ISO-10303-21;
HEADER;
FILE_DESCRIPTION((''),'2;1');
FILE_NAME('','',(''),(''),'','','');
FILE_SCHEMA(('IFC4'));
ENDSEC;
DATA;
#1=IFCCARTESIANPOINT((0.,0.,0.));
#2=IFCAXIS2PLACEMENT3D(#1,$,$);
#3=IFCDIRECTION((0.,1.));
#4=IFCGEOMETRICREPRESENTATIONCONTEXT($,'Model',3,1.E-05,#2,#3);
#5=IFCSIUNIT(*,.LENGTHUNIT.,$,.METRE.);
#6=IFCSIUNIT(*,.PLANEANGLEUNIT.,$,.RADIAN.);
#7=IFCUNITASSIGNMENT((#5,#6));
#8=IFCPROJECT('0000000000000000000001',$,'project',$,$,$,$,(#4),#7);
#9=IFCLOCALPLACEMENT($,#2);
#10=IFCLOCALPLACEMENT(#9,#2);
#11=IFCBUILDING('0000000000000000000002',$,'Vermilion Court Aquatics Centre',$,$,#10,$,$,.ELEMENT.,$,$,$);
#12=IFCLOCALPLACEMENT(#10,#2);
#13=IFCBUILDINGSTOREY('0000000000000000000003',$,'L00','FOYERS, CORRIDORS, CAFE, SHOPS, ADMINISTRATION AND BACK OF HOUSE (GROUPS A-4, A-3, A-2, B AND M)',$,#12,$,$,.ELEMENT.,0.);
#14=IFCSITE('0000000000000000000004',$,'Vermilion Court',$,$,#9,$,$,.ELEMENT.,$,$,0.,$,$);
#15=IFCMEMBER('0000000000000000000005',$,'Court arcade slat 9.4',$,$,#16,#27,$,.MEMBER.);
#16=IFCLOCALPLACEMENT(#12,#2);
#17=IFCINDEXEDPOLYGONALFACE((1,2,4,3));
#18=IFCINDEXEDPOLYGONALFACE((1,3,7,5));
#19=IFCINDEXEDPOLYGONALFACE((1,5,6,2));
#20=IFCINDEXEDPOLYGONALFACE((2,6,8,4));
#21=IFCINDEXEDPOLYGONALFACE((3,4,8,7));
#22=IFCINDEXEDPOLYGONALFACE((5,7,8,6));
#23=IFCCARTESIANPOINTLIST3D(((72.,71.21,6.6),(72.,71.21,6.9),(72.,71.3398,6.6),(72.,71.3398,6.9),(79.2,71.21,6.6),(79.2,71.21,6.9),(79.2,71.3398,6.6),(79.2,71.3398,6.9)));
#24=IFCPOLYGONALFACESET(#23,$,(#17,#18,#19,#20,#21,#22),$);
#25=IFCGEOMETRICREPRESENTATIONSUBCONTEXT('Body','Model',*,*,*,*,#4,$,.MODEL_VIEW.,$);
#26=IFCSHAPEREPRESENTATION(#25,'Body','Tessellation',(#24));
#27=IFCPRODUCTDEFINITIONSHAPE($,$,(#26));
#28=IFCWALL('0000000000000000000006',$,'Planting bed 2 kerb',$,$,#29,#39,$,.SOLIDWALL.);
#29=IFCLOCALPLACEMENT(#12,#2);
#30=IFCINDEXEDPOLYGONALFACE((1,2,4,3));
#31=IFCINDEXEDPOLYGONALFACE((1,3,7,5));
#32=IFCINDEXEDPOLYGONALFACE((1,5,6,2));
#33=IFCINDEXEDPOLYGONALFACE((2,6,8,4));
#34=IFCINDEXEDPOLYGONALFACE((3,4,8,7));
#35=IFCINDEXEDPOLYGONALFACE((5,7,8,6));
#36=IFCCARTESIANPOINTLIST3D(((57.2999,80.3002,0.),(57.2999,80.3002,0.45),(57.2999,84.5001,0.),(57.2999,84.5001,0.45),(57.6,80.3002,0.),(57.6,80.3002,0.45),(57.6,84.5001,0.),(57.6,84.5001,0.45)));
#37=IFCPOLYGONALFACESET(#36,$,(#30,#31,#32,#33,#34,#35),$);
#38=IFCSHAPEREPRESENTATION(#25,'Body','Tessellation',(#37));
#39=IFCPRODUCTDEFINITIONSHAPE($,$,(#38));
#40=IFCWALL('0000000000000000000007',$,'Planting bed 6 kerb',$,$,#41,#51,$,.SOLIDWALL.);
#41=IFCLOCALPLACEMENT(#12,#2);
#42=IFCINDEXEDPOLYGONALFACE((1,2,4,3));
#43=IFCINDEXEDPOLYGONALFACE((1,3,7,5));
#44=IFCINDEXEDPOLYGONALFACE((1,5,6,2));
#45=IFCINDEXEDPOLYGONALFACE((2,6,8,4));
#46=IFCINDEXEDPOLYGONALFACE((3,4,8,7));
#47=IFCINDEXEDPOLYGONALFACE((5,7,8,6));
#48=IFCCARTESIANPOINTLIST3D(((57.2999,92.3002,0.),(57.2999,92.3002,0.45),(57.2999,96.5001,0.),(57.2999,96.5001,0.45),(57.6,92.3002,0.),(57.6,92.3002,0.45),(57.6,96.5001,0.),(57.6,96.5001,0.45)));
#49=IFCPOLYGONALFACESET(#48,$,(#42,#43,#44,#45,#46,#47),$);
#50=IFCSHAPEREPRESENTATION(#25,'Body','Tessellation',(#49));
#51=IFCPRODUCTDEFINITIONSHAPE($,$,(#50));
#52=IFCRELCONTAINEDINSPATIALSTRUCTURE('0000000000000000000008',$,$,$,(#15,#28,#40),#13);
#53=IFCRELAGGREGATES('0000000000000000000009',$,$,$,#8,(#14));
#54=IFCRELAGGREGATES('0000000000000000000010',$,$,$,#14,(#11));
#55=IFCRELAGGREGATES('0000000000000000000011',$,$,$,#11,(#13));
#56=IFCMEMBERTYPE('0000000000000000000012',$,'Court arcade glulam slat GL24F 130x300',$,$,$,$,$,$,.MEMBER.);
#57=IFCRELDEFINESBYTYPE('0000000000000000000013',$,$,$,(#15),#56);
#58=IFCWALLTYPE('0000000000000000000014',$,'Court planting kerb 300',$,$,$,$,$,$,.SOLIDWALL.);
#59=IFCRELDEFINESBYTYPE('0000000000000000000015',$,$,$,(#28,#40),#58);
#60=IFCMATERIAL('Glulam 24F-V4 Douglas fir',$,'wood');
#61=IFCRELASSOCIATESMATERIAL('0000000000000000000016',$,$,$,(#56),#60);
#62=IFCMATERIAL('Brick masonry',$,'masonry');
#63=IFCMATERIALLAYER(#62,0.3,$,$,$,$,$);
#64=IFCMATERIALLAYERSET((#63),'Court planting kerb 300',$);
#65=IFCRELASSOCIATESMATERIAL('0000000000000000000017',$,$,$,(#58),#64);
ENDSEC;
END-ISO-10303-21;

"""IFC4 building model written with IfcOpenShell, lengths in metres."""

from ifc_helpers import new_model, si_unit, direction, frame, frame_2d, origin, origin_2d, place, context, subcontext, project, spatial, rectangle, extrude, material, layer, layer_set, material_profile, profile_set, type_object, element, save


model = new_model("IFC4")

# Units and contexts
model_context = context("Model", 3, precision=1e-05, world=origin(), true_north=direction((0.0, 1.0)))
body_context = subcontext(model_context, "Body", "Model", "MODEL_VIEW")
ifc_project = project(units=[si_unit("LENGTHUNIT", "METRE"), si_unit("PLANEANGLEUNIT", "RADIAN")], contexts=[model_context])

# Site, building, storey
site_placement = place(None, origin())
site = spatial("IfcSite", under=ifc_project, at=site_placement, Name="Vermilion Court", CompositionType="ELEMENT", RefElevation=0.0)
building_placement = place(site_placement, origin())
building = spatial("IfcBuilding", under=site, at=building_placement, Name="Vermilion Court Aquatics Centre", CompositionType="ELEMENT")
storey_placement = place(building_placement, origin())
storey = spatial("IfcBuildingStorey", under=building, at=storey_placement, Name="L00", Description="FOYERS, CORRIDORS, CAFE, SHOPS, ADMINISTRATION AND BACK OF HOUSE (GROUPS A-4, A-3, A-2, B AND M)", CompositionType="ELEMENT", Elevation=0.0)

# Member
ifc_material_1 = material(Name="Glulam 24F-V4 Douglas fir", Category="wood")
ifc_material_profile_1 = material_profile(ifc_material_1, rectangle(XDim=0.1299, YDim=0.3, at=origin_2d()), Name="GL24F 130x300")
ifc_profile_set_1 = profile_set([ifc_material_profile_1], Name="Glulam 24F-V4 Douglas fir")
member_type = type_object("IfcMemberType", Name="Court arcade glulam slat GL24F 130x300", PredefinedType="MEMBER", material=ifc_profile_set_1)
for number, where, z_axis, x_axis, name in (
    (1, (72.0, 71.2749, 6.75), (1.0, 0.0, 0.0), (0.0, 1.0, 0.0), "Court arcade slat 9.4"),
):
    element("IfcMember", number, at=place(storey_placement, frame(where, z_axis=z_axis, x_axis=x_axis)), inside=storey, type_object=member_type, Name=name, PredefinedType="MEMBER", context=body_context, shape_type="SweptSolid", body=[
        extrude(rectangle(XDim=0.1299, YDim=0.3, at=origin_2d()), origin(), (0.0, 0.0, 1.0), 7.2),
    ])

# Walls
ifc_material_2 = material(Name="Brick masonry", Category="masonry")
ifc_layer = layer(ifc_material_2, 0.3)
ifc_layer_set = layer_set([ifc_layer], Name="Court planting kerb 300")
wall_type = type_object("IfcWallType", Name="Court planting kerb 300", PredefinedType="SOLIDWALL", material=ifc_layer_set)
for number, where, z_axis, x_axis, name in (
    (2, (57.45, 80.3, 0.0), (0.0, 0.0, 1.0), (0.0, 1.0, 0.0), "Planting bed 2 kerb"),
    (3, (57.45, 92.3, 0.0), (0.0, 0.0, 1.0), (0.0, 1.0, 0.0), "Planting bed 6 kerb"),
):
    element("IfcWall", number, at=place(storey_placement, frame(where, z_axis=z_axis, x_axis=x_axis)), inside=storey, type_object=wall_type, Name=name, PredefinedType="SOLIDWALL", context=body_context, shape_type="SweptSolid", body=[
        extrude(rectangle(XDim=4.2, YDim=0.3, at=frame_2d((2.1001, 0.0))), origin(), (0.0, 0.0, 1.0), 0.45),
    ])

save(model, "model.ifc")
